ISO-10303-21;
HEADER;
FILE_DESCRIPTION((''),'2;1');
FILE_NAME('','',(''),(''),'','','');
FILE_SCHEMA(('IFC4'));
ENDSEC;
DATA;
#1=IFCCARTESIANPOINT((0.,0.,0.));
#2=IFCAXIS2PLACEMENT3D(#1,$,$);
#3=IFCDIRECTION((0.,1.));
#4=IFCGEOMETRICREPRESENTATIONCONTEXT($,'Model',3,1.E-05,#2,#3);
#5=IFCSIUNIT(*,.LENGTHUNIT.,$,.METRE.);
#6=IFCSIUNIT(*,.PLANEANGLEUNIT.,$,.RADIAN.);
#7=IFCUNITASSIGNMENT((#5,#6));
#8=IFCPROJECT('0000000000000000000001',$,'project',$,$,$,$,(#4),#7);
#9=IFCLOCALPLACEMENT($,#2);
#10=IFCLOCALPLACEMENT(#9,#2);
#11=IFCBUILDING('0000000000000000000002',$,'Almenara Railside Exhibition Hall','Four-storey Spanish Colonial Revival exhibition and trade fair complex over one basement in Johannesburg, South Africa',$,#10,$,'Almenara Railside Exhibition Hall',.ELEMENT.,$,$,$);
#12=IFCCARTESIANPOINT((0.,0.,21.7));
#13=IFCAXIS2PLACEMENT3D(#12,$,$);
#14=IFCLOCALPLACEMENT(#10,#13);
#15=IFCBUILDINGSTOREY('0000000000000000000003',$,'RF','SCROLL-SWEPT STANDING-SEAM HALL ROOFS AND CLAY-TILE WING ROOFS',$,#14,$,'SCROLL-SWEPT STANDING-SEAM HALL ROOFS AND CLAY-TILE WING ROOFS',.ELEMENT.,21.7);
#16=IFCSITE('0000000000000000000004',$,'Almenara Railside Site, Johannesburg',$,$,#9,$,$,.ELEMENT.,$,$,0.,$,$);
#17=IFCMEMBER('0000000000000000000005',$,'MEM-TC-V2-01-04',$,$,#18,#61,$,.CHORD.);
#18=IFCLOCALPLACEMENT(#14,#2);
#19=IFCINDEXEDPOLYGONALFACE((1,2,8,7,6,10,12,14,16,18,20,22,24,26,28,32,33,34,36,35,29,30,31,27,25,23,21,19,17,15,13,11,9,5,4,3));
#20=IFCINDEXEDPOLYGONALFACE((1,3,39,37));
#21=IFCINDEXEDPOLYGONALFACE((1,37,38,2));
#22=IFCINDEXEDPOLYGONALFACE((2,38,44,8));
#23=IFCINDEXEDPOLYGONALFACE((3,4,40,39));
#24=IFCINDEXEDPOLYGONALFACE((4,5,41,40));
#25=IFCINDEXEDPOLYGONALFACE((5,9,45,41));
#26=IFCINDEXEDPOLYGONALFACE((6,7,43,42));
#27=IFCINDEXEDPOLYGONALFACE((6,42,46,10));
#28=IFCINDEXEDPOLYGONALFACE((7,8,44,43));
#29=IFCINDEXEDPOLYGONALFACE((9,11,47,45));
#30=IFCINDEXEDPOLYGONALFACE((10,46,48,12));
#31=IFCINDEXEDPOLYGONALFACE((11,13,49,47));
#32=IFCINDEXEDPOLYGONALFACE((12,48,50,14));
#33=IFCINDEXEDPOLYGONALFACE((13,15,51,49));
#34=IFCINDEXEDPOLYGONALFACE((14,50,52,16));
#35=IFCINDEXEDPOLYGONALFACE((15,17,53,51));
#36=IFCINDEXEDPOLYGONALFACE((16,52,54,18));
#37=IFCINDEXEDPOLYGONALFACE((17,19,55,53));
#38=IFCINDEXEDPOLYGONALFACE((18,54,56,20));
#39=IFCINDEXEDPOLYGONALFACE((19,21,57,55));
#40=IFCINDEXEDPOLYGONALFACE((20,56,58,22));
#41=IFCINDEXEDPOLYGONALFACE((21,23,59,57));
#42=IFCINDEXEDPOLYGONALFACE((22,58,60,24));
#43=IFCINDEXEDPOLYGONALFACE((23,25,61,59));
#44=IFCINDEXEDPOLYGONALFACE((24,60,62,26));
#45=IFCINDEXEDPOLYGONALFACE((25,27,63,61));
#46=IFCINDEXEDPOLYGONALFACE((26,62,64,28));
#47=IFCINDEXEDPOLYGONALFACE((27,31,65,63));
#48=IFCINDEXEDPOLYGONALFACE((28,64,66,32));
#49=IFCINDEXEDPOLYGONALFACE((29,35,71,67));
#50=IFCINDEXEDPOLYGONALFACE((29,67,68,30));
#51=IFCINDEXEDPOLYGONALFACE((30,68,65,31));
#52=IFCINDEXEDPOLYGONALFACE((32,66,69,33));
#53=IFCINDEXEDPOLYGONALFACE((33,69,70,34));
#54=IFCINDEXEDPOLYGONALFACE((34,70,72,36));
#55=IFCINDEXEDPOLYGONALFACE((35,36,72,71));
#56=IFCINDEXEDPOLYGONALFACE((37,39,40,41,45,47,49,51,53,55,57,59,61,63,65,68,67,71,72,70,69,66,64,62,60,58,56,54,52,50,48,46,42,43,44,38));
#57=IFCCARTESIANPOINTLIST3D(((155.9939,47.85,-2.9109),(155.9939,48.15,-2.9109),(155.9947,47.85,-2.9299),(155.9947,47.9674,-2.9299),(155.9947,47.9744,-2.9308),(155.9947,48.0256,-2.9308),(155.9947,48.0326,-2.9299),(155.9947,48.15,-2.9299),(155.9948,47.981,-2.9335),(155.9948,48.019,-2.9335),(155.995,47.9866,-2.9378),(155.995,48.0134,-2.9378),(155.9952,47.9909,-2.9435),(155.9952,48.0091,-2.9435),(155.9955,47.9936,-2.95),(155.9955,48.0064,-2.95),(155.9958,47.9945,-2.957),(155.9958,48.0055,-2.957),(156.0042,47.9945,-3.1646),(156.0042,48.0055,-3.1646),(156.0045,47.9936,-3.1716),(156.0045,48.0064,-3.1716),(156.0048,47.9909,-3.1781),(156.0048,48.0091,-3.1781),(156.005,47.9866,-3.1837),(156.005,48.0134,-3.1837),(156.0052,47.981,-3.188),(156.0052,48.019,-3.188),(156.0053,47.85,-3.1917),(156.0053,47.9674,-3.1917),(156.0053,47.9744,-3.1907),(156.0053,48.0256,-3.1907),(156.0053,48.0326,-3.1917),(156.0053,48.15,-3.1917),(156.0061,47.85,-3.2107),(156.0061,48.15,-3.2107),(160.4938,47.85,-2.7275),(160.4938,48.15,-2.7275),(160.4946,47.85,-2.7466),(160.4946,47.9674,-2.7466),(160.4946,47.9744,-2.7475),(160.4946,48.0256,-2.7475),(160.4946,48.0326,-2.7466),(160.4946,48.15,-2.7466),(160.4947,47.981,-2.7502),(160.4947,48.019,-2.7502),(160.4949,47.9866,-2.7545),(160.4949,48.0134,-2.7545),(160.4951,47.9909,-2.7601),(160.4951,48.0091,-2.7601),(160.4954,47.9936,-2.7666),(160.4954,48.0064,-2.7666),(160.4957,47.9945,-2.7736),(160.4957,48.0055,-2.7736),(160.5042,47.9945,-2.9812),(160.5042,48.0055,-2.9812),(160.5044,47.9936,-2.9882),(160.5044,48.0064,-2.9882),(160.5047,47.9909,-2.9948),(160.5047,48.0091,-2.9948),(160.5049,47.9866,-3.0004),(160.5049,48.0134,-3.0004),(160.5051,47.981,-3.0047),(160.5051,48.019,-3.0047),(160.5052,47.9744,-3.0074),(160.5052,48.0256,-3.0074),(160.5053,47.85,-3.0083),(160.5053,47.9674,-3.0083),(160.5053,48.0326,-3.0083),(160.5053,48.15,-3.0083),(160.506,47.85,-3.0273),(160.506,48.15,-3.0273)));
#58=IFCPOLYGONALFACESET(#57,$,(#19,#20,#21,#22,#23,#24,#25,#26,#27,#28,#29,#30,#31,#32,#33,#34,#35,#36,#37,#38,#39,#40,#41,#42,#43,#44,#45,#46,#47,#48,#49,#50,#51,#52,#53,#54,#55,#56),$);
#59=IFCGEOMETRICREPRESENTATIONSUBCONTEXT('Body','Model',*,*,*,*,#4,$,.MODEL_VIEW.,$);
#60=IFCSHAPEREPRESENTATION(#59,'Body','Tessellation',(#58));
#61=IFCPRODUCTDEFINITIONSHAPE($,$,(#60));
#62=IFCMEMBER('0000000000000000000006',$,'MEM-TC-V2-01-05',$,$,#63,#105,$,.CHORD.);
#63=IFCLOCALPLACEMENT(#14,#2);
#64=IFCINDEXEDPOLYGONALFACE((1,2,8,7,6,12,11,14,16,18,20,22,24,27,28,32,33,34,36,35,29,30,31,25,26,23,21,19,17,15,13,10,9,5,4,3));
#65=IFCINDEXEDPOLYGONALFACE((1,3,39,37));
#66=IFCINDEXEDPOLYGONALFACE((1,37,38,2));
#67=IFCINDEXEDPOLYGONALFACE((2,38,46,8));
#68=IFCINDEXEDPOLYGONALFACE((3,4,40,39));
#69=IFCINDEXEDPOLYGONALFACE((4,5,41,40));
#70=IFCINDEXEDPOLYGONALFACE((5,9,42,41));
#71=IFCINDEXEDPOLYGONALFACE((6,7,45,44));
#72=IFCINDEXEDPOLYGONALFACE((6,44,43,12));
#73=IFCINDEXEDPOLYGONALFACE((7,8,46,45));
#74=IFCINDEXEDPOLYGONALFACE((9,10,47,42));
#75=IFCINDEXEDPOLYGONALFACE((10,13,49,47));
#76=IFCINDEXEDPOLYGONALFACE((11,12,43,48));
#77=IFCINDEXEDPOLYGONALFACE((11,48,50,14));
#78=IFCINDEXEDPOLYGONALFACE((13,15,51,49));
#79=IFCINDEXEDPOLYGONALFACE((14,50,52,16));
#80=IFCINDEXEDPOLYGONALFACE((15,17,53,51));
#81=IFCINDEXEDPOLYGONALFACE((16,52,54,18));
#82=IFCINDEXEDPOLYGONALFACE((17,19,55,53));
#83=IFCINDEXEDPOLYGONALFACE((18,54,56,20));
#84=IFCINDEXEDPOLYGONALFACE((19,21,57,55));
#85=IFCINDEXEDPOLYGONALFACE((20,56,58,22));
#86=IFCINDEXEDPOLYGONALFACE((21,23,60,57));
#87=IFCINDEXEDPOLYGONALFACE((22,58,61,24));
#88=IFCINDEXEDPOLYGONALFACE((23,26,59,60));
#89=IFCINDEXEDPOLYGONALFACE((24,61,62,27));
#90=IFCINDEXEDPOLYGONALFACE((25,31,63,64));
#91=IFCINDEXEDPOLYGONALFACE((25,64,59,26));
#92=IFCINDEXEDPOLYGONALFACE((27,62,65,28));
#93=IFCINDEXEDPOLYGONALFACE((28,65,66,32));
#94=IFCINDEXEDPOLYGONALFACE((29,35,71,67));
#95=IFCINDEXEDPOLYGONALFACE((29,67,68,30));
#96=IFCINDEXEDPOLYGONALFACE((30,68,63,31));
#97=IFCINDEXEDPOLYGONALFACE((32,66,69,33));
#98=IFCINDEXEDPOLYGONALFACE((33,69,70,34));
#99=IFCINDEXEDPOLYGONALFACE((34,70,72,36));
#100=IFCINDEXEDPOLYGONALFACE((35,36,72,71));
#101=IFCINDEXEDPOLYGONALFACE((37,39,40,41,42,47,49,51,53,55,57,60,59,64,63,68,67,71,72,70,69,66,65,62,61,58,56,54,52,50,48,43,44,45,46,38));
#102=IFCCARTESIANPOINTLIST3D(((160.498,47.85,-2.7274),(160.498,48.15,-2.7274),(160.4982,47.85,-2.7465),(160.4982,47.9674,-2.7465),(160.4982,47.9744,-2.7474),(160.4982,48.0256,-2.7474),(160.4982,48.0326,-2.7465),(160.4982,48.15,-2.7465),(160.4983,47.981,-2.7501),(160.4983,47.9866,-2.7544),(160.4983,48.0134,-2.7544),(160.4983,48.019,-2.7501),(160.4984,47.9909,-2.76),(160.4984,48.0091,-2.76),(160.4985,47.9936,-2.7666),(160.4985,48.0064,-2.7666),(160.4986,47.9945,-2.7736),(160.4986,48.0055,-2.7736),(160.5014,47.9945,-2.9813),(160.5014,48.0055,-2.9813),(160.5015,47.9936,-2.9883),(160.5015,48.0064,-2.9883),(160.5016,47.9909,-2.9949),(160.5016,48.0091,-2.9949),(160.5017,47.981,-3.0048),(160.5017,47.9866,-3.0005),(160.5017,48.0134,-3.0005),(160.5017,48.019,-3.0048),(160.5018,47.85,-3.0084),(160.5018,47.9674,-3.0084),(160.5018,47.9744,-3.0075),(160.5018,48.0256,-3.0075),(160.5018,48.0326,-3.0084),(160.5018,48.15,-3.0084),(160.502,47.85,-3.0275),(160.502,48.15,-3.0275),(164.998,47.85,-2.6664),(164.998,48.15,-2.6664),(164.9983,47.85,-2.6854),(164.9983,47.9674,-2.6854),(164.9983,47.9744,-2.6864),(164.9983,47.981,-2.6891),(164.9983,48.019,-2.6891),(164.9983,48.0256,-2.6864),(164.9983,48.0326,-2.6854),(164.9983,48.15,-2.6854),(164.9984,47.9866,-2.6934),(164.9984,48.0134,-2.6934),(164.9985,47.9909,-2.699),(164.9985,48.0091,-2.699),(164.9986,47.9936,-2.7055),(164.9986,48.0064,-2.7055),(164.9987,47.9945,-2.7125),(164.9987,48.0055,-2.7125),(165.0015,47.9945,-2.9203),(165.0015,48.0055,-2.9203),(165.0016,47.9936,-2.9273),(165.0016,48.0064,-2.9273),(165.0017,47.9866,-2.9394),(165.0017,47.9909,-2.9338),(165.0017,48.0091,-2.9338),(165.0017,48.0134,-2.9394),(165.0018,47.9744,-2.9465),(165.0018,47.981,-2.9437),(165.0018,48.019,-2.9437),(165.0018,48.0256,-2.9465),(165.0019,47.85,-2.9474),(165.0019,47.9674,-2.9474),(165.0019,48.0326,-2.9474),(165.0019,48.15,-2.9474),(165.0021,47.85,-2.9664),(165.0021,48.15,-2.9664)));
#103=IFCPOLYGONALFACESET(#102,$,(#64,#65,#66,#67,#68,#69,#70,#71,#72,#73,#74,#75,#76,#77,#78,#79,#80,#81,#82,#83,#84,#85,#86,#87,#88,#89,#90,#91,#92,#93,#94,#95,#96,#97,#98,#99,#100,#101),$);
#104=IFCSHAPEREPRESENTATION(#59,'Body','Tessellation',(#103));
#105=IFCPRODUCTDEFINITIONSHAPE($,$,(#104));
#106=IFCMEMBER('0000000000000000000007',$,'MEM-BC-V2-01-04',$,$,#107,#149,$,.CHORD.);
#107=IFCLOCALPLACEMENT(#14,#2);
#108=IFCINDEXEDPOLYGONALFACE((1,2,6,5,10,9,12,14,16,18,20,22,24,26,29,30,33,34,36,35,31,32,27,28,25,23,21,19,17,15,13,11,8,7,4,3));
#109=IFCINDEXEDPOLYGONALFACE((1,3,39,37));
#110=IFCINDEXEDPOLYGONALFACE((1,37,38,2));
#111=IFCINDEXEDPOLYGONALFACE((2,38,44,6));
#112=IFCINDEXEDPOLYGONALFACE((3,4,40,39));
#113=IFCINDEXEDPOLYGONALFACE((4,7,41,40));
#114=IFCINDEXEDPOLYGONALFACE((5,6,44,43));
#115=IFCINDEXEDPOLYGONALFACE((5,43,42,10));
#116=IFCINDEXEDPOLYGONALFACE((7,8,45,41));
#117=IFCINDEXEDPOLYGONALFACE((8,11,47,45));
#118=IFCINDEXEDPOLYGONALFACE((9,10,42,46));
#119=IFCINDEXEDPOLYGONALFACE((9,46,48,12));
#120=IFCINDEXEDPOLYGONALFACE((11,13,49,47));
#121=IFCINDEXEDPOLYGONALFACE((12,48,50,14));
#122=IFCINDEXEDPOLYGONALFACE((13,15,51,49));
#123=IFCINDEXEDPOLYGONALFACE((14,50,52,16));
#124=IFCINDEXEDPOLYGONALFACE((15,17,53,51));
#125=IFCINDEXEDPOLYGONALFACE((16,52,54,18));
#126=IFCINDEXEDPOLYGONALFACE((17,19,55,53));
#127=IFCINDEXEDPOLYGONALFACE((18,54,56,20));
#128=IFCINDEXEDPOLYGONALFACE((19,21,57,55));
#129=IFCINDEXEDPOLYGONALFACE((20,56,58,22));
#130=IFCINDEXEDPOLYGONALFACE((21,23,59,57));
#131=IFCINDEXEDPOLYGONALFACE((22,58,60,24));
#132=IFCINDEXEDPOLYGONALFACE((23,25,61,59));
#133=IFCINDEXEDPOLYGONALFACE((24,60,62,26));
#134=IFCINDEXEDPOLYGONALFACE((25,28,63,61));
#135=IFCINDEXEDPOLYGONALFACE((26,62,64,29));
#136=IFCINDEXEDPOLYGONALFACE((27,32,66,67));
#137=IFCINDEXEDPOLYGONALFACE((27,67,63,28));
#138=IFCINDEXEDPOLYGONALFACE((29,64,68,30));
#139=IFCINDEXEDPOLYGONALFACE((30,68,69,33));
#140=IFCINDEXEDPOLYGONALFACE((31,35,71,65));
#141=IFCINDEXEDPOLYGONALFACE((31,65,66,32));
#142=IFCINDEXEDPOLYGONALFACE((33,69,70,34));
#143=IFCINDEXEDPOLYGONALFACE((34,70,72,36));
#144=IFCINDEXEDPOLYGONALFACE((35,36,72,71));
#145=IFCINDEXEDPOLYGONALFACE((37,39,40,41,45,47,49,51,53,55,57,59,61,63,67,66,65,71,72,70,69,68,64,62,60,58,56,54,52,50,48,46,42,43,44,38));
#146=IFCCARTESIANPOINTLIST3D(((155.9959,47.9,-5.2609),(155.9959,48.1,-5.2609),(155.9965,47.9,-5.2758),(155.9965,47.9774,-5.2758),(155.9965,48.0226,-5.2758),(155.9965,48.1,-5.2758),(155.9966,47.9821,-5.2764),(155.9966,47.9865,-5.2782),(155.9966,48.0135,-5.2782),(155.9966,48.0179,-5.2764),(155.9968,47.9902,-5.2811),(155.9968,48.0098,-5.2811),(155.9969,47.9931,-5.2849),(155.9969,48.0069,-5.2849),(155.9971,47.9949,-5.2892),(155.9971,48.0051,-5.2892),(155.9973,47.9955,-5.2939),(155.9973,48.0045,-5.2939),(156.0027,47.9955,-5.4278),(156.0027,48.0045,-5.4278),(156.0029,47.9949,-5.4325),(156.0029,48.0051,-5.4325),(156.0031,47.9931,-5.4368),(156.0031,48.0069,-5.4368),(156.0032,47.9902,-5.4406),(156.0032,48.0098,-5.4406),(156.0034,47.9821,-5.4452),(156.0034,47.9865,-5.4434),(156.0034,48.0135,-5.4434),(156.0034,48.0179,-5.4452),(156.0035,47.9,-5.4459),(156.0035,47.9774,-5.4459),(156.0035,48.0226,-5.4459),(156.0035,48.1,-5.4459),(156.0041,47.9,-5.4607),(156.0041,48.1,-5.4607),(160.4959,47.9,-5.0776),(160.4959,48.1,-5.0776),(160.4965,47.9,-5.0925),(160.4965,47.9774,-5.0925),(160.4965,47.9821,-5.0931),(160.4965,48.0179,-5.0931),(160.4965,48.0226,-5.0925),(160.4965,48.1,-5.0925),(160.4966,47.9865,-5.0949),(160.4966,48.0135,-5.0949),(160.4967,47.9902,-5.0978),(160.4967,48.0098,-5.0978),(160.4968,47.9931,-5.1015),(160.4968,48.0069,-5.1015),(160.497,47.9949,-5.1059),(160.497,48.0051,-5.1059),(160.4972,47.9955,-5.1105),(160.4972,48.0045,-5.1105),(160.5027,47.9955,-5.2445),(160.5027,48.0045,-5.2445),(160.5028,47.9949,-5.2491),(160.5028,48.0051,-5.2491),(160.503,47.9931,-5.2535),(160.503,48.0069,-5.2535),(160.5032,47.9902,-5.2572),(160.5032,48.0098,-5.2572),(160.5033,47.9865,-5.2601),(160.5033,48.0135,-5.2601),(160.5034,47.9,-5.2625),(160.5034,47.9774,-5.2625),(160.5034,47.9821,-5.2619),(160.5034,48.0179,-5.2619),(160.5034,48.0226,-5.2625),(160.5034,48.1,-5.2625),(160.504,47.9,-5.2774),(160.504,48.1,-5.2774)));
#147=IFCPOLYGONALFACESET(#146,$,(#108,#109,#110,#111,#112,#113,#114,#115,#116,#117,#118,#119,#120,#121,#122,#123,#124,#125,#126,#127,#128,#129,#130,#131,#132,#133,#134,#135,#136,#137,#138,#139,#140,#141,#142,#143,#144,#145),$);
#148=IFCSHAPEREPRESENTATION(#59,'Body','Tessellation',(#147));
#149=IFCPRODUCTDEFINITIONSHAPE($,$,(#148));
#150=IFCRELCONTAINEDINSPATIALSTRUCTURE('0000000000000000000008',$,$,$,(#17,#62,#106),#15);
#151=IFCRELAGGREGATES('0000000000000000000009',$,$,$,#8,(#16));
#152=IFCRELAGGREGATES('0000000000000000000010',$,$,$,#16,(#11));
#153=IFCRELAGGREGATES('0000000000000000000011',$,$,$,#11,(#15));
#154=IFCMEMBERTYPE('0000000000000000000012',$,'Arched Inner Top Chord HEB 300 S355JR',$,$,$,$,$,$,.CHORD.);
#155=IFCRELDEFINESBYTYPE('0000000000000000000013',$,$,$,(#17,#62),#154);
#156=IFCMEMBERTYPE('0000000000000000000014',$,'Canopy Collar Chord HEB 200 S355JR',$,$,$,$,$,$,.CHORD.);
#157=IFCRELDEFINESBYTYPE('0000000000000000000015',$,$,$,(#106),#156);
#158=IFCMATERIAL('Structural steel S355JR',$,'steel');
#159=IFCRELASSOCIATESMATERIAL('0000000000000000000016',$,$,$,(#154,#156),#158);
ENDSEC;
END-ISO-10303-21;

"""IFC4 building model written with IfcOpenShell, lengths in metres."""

from ifc_helpers import new_model, si_unit, direction, frame, origin, origin_2d, place, context, subcontext, project, spatial, i_section, extrude, material, material_profile, profile_set, type_object, element, save


model = new_model("IFC4")

# Units and contexts
model_context = context("Model", 3, precision=1e-05, world=origin(), true_north=direction((0.0, 1.0)))
body_context = subcontext(model_context, "Body", "Model", "MODEL_VIEW")
ifc_project = project(units=[si_unit("LENGTHUNIT", "METRE"), si_unit("PLANEANGLEUNIT", "RADIAN")], contexts=[model_context])

# Site, building, storey
site_placement = place(None, origin())
site = spatial("IfcSite", under=ifc_project, at=site_placement, Name="Almenara Railside Site, Johannesburg", CompositionType="ELEMENT", RefElevation=0.0)
building_placement = place(site_placement, origin())
building = spatial("IfcBuilding", under=site, at=building_placement, Name="Almenara Railside Exhibition Hall", Description="Four-storey Spanish Colonial Revival exhibition and trade fair complex over one basement in Johannesburg, South Africa", LongName="Almenara Railside Exhibition Hall", CompositionType="ELEMENT")
storey_placement = place(building_placement, frame((0.0, 0.0, 21.7)))
storey = spatial("IfcBuildingStorey", under=building, at=storey_placement, Name="RF", Description="SCROLL-SWEPT STANDING-SEAM HALL ROOFS AND CLAY-TILE WING ROOFS", LongName="SCROLL-SWEPT STANDING-SEAM HALL ROOFS AND CLAY-TILE WING ROOFS", CompositionType="ELEMENT", Elevation=21.7)

# Members
ifc_material_1 = material(Name="Structural steel S355JR", Category="steel")
ifc_material_profile_1 = material_profile(ifc_material_1, i_section(OverallWidth=0.3, OverallDepth=0.3, WebThickness=0.011, FlangeThickness=0.019, FilletRadius=0.0271, at=origin_2d()), Name="HEB 300")
ifc_profile_set_1 = profile_set([ifc_material_profile_1], Name="Structural steel S355JR")
member_type_1 = type_object("IfcMemberType", Name="Arched Inner Top Chord HEB 300 S355JR", PredefinedType="CHORD", material=ifc_profile_set_1)
member_1_placement = place(storey_placement, frame((156.0, 48.0, -3.0608), z_axis=(0.999171, 0.0, 0.040711), x_axis=(0.0, 1.0, 0.0)))
element("IfcMember", 1, at=member_1_placement, inside=storey, type_object=member_type_1, Name="MEM-TC-V2-01-04", PredefinedType="CHORD", context=body_context, shape_type="SweptSolid", body=[
    extrude(i_section(OverallWidth=0.3, OverallDepth=0.3, WebThickness=0.011, FlangeThickness=0.019, FilletRadius=0.0271, at=origin_2d()), origin(), (0.0, 0.0, 1.0), 4.5037),
])
member_2_placement = place(storey_placement, frame((160.5, 48.0, -2.8774), z_axis=(0.999908, 0.0, 0.013562), x_axis=(0.0, 1.0, 0.0)))
element("IfcMember", 2, at=member_2_placement, inside=storey, type_object=member_type_1, Name="MEM-TC-V2-01-05", PredefinedType="CHORD", context=body_context, shape_type="SweptSolid", body=[
    extrude(i_section(OverallWidth=0.3, OverallDepth=0.3, WebThickness=0.011, FlangeThickness=0.019, FilletRadius=0.0271, at=origin_2d()), origin(), (0.0, 0.0, 1.0), 4.5005),
])
ifc_material_profile_2 = material_profile(ifc_material_1, i_section(OverallWidth=0.2, OverallDepth=0.2, WebThickness=0.009, FlangeThickness=0.0149, FilletRadius=0.0181, at=origin_2d()), Name="HEB 200")
ifc_profile_set_2 = profile_set([ifc_material_profile_2], Name="Structural steel S355JR")
member_type_2 = type_object("IfcMemberType", Name="Canopy Collar Chord HEB 200 S355JR", PredefinedType="CHORD", material=ifc_profile_set_2)
member_3_placement = place(storey_placement, frame((156.0, 48.0, -5.3608), z_axis=(0.999171, 0.0, 0.040711), x_axis=(0.0, 1.0, 0.0)))
element("IfcMember", 3, at=member_3_placement, inside=storey, type_object=member_type_2, Name="MEM-BC-V2-01-04", PredefinedType="CHORD", context=body_context, shape_type="SweptSolid", body=[
    extrude(i_section(OverallWidth=0.2, OverallDepth=0.2, WebThickness=0.009, FlangeThickness=0.0149, FilletRadius=0.0181, at=origin_2d()), origin(), (0.0, 0.0, 1.0), 4.5037),
])

save(model, "model.ifc")
